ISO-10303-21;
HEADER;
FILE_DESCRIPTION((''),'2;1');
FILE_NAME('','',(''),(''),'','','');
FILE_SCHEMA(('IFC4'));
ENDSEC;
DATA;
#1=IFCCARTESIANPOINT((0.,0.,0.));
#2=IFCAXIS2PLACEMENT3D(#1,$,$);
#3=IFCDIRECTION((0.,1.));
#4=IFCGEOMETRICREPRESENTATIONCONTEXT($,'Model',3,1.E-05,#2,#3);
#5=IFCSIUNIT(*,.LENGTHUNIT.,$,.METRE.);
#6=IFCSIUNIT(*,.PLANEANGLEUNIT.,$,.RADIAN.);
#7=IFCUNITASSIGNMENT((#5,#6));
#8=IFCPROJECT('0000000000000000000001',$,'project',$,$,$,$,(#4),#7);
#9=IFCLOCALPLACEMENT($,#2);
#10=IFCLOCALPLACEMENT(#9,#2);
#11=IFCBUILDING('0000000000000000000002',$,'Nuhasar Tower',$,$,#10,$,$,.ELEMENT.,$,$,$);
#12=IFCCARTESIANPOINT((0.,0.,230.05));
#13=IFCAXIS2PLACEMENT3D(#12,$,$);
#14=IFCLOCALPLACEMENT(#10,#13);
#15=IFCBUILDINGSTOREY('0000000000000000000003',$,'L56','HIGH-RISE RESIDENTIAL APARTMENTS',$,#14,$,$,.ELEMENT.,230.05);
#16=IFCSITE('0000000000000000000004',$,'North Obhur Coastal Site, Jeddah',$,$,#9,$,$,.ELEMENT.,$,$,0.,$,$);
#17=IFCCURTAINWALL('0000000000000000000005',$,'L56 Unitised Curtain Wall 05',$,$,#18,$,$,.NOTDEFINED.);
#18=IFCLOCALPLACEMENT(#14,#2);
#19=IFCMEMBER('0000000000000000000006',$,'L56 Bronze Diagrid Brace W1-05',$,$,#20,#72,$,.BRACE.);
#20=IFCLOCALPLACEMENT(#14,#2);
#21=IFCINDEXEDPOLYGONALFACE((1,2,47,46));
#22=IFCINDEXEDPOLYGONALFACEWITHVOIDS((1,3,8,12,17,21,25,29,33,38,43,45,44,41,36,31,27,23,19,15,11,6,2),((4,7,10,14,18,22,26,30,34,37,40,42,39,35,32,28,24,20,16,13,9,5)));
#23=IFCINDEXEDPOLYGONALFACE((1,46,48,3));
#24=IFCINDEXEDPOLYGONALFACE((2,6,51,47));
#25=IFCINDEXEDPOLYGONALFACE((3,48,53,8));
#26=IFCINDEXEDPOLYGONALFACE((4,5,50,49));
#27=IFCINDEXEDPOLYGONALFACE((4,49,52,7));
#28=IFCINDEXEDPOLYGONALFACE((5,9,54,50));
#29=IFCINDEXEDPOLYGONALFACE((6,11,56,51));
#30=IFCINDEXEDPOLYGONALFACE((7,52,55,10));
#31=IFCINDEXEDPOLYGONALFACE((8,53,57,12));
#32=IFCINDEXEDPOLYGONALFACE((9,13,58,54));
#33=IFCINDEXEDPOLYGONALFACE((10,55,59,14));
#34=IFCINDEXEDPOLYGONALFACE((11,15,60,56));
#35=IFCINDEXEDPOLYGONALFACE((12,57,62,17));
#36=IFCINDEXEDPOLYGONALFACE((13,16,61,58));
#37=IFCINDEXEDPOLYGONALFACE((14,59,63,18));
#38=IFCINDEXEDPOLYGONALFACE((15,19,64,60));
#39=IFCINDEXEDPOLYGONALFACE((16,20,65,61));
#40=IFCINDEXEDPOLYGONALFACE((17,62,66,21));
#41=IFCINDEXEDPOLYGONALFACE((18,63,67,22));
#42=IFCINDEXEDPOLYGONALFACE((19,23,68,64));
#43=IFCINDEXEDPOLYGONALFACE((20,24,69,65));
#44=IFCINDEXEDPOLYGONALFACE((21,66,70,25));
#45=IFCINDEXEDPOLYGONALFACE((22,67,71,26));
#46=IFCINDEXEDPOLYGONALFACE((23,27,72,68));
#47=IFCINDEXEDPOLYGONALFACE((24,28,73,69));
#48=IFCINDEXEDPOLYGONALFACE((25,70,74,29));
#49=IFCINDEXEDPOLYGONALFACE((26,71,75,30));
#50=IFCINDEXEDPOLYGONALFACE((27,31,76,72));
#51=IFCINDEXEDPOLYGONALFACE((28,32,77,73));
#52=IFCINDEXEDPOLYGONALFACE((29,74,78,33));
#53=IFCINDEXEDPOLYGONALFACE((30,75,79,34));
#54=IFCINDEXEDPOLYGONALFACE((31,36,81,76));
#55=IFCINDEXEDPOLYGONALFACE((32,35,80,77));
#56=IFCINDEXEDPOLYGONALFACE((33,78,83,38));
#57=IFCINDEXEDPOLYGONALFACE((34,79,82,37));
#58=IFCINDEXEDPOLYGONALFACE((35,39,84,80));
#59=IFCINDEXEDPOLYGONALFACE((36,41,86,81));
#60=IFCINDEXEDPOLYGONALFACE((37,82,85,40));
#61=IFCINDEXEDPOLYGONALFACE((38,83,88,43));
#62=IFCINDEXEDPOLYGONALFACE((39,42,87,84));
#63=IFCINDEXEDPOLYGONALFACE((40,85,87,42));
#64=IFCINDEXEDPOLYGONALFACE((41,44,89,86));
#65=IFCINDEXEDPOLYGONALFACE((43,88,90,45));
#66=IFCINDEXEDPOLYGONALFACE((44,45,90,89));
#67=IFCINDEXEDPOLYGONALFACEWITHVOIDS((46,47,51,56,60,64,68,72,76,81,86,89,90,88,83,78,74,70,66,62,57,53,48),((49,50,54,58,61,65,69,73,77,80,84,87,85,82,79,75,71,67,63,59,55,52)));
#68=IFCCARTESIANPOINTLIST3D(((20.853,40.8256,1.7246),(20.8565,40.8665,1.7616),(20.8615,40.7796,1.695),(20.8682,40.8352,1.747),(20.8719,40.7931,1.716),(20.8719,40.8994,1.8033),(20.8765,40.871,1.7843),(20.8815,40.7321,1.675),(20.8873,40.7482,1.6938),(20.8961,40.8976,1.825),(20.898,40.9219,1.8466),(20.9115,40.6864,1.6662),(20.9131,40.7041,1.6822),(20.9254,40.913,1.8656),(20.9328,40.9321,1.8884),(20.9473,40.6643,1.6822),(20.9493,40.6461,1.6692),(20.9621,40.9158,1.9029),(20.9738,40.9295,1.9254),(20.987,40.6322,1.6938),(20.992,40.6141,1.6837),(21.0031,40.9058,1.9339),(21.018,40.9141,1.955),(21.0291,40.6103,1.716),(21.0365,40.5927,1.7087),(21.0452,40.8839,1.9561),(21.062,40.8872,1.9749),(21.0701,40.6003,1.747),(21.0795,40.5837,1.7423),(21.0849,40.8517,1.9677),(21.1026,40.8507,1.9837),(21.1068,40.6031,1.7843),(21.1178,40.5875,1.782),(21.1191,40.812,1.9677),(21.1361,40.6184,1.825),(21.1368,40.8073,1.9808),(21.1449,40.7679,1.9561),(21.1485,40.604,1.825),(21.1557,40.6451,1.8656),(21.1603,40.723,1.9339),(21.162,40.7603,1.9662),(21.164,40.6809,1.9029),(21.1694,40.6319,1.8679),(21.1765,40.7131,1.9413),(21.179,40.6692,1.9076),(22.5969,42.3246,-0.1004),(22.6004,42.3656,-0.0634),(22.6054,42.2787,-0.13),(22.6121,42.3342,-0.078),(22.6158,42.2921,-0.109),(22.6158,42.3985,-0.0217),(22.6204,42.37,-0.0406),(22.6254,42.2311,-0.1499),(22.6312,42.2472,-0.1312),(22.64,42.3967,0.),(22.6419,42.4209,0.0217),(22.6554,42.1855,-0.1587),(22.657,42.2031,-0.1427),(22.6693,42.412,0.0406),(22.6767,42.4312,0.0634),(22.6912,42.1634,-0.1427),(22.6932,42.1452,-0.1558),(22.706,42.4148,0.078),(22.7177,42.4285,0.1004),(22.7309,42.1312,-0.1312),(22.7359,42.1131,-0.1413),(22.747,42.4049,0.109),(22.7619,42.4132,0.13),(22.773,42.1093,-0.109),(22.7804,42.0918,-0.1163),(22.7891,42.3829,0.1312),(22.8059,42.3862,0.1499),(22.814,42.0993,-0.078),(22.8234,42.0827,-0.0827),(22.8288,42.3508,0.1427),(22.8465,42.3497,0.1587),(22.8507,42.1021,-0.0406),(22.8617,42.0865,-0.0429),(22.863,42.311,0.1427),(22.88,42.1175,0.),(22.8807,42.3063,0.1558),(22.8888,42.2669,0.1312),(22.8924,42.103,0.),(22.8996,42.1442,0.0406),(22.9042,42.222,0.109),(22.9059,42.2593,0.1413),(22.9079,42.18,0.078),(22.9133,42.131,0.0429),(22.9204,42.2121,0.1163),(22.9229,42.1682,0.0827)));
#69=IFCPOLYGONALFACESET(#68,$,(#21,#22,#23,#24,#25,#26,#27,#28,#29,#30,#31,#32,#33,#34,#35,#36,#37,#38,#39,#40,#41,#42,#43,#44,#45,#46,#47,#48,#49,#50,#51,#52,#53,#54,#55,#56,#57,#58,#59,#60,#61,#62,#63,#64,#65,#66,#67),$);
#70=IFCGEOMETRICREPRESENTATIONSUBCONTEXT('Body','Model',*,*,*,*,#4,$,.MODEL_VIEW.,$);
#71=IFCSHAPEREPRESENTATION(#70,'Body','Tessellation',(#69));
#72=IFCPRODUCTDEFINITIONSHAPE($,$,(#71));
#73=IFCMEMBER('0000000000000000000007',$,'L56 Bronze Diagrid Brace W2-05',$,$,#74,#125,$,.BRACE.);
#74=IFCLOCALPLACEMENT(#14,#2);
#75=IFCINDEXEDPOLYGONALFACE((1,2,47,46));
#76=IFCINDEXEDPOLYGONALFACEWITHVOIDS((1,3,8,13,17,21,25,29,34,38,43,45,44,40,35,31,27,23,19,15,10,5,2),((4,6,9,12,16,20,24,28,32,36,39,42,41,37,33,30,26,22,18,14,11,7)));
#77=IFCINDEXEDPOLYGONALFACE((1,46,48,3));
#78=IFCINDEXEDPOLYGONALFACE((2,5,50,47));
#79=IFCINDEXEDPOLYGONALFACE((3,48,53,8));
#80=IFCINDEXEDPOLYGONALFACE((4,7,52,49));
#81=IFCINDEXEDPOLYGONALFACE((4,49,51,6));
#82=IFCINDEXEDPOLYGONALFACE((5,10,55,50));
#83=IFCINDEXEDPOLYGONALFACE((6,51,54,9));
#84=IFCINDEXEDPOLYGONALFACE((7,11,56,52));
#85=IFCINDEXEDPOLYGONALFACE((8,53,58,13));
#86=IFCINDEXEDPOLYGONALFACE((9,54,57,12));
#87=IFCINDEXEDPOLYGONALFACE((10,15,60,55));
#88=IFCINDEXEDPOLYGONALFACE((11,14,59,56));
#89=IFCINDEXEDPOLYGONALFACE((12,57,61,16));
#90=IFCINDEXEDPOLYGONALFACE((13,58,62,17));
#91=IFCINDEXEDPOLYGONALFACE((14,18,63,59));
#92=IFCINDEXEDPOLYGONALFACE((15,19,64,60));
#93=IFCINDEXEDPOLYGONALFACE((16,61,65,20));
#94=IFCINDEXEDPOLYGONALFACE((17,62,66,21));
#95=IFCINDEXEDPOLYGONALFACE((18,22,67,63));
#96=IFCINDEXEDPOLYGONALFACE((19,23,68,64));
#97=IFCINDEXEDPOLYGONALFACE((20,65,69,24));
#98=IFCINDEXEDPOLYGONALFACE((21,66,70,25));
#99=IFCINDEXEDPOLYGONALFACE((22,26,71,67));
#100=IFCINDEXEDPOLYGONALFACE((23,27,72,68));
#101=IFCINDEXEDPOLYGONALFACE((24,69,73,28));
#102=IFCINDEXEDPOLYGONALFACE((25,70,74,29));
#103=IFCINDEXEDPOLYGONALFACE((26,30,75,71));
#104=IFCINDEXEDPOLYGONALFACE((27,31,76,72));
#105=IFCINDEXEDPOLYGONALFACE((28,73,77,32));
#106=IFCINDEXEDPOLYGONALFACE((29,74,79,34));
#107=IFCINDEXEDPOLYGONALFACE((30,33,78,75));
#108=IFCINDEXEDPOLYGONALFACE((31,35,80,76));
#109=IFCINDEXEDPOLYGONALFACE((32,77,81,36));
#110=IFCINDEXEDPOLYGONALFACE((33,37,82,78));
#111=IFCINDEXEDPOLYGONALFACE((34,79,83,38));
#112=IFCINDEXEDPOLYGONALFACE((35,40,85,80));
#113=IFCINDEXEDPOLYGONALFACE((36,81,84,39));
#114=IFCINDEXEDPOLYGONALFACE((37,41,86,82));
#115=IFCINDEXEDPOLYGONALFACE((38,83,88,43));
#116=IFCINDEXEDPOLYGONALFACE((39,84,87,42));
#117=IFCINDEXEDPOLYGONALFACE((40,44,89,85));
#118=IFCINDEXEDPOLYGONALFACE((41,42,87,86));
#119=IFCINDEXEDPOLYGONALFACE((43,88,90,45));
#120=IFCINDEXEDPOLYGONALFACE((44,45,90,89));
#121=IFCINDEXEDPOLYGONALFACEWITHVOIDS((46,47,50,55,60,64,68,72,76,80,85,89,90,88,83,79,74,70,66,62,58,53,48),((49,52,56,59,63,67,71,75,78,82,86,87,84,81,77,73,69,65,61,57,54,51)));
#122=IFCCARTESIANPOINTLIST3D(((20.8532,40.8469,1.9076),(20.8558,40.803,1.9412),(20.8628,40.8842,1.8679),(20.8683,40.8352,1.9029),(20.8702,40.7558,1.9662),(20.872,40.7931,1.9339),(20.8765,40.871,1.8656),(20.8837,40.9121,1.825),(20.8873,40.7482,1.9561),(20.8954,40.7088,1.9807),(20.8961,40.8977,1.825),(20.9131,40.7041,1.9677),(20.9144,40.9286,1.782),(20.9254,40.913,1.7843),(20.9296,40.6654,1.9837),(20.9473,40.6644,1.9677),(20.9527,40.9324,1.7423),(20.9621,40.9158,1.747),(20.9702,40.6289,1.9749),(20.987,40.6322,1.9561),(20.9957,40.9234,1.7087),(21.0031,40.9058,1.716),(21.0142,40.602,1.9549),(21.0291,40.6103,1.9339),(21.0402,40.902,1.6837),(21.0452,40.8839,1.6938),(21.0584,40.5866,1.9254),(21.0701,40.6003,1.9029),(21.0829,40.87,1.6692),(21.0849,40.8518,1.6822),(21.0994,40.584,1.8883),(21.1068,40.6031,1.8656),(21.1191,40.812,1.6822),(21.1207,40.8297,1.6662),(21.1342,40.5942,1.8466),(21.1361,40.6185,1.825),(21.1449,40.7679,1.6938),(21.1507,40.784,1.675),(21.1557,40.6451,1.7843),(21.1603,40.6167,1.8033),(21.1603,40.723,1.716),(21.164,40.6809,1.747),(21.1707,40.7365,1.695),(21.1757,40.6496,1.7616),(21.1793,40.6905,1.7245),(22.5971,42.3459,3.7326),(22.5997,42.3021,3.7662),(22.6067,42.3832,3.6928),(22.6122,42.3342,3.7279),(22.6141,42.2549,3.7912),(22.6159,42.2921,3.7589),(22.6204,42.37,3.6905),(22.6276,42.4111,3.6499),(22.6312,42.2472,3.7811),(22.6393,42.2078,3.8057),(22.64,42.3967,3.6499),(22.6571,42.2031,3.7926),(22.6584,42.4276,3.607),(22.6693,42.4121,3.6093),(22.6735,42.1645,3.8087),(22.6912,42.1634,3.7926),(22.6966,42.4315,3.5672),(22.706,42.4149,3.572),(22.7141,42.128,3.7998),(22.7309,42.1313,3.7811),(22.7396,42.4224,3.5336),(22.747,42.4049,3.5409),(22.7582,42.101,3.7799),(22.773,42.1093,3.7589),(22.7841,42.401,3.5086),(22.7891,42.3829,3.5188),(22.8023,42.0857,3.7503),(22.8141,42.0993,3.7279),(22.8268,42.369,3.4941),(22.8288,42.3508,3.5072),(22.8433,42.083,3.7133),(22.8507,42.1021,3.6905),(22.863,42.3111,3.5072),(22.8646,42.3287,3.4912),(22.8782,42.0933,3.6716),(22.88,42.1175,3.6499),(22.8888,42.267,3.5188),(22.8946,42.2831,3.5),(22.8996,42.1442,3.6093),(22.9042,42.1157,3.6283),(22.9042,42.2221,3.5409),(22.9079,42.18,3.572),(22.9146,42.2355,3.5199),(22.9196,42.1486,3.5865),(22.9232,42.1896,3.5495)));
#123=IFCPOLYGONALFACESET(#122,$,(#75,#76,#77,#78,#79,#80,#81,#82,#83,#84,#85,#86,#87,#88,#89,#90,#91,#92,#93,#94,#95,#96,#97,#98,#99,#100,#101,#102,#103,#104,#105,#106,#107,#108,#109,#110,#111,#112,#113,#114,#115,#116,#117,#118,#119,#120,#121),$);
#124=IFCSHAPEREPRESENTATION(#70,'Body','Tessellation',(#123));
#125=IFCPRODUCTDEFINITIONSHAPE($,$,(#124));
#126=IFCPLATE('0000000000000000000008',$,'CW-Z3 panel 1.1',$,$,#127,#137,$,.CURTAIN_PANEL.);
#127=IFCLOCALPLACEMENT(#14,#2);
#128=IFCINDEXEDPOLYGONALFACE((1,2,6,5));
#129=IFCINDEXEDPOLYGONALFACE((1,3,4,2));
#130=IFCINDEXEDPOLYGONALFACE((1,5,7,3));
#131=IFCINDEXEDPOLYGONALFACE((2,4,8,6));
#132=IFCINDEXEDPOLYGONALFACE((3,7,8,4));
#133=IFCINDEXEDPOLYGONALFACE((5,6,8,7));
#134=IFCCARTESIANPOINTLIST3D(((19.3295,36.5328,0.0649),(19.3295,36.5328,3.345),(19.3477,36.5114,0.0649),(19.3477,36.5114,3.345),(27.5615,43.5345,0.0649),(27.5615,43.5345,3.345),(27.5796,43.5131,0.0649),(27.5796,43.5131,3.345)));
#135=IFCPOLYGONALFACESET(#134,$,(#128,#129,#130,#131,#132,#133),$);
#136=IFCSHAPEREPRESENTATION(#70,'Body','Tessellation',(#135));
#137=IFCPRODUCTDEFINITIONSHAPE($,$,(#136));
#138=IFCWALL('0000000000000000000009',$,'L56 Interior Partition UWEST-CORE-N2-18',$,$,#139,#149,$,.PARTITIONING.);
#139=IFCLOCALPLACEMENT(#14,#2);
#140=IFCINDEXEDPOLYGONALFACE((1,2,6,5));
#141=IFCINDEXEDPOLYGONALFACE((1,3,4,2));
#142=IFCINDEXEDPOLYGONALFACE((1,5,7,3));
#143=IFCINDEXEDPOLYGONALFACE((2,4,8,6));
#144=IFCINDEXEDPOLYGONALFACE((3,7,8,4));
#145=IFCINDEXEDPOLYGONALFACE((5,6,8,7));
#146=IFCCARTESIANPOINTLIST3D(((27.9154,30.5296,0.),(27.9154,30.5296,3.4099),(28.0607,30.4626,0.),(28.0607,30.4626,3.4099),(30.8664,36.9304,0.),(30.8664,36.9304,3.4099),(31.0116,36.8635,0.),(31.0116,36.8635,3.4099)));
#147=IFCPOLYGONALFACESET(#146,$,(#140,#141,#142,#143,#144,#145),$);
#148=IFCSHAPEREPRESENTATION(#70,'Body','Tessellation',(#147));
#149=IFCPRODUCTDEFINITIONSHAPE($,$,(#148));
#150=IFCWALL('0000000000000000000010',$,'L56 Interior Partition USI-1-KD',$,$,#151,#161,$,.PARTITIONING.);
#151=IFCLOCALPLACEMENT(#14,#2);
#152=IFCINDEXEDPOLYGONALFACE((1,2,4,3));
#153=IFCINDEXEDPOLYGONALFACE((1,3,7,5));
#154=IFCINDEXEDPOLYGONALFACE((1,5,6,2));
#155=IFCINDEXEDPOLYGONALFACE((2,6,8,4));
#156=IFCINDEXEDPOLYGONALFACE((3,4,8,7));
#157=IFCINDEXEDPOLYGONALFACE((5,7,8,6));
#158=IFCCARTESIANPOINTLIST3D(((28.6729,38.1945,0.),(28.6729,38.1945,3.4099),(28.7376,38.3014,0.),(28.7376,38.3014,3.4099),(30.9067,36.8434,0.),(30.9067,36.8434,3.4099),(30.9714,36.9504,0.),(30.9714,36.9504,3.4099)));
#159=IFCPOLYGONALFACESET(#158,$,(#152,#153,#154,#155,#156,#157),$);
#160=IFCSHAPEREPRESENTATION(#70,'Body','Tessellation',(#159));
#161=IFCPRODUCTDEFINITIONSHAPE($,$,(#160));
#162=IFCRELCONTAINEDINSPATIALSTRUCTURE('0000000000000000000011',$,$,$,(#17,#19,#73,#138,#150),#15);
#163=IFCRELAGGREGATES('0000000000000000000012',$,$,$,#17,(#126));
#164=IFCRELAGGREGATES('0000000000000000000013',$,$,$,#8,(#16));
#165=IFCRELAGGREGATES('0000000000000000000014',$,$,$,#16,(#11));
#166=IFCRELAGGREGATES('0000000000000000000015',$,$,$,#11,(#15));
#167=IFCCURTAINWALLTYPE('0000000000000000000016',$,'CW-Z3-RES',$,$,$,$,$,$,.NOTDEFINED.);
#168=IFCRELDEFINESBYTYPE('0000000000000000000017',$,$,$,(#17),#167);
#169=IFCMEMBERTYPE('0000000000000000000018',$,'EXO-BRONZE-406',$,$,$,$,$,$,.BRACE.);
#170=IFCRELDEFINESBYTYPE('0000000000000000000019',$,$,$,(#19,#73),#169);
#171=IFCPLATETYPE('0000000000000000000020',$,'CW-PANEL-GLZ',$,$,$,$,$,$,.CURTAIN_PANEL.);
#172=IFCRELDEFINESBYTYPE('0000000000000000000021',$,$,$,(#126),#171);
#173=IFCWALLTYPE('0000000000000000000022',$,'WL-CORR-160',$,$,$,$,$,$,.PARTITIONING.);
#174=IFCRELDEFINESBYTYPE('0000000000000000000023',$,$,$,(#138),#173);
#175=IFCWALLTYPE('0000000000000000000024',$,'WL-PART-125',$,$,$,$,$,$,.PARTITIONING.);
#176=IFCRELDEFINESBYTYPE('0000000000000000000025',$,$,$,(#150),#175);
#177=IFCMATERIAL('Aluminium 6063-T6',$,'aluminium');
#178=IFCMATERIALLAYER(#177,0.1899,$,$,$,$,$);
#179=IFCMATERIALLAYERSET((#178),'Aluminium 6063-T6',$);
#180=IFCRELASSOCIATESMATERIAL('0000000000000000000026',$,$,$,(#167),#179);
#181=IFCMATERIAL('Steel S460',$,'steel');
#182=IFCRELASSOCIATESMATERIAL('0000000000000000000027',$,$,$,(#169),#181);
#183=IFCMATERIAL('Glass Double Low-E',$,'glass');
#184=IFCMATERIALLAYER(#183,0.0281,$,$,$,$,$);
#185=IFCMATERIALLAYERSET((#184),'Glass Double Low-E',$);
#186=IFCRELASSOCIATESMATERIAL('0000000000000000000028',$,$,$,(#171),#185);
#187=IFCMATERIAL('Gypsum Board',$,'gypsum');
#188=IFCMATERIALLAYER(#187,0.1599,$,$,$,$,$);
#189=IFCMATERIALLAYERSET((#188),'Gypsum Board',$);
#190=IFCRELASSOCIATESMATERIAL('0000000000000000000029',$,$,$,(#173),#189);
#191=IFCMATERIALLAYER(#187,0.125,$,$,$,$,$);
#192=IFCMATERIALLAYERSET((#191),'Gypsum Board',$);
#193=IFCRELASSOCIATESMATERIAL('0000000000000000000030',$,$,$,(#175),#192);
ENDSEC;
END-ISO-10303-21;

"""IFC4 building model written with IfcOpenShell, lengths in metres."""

from ifc_helpers import new_model, si_unit, direction, frame, frame_2d, origin, origin_2d, place, context, subcontext, project, spatial, rectangle, hollow_circle, extrude, material, layer, layer_set, material_profile, profile_set, type_object, element, aggregate, save


model = new_model("IFC4")

# Units and contexts
model_context = context("Model", 3, precision=1e-05, world=origin(), true_north=direction((0.0, 1.0)))
body_context = subcontext(model_context, "Body", "Model", "MODEL_VIEW")
ifc_project = project(units=[si_unit("LENGTHUNIT", "METRE"), si_unit("PLANEANGLEUNIT", "RADIAN")], contexts=[model_context])

# Site, building, storey
site_placement = place(None, origin())
site = spatial("IfcSite", under=ifc_project, at=site_placement, Name="North Obhur Coastal Site, Jeddah", CompositionType="ELEMENT", RefElevation=0.0)
building_placement = place(site_placement, origin())
building = spatial("IfcBuilding", under=site, at=building_placement, Name="Nuhasar Tower", CompositionType="ELEMENT")
storey_placement = place(building_placement, frame((0.0, 0.0, 230.05)))
storey = spatial("IfcBuildingStorey", under=building, at=storey_placement, Name="L56", Description="HIGH-RISE RESIDENTIAL APARTMENTS", CompositionType="ELEMENT", Elevation=230.05)

# Shared definitions
ifc_material_1 = material(Name="Aluminium 6063-T6", Category="aluminium")
ifc_layer_1 = layer(ifc_material_1, 0.1899)
ifc_layer_set_1 = layer_set([ifc_layer_1], Name="Aluminium 6063-T6")
curtain_wall_type = type_object("IfcCurtainWallType", Name="CW-Z3-RES", PredefinedType="NOTDEFINED", material=ifc_layer_set_1)

# Curtain wall
curtain_wall_1_placement = place(storey_placement, origin())
curtain_wall_1 = element("IfcCurtainWall", 1, at=curtain_wall_1_placement, inside=storey, type_object=curtain_wall_type, Name="L56 Unitised Curtain Wall 05", PredefinedType="NOTDEFINED")

# Members
ifc_material_2 = material(Name="Steel S460", Category="steel")
ifc_material_profile_1 = material_profile(ifc_material_2, hollow_circle(Radius=0.2031, WallThickness=0.019, at=origin_2d()), Name="HSS406.4X19.1")
ifc_profile_set_1 = profile_set([ifc_material_profile_1], Name="Steel S460")
member_type_1 = type_object("IfcMemberType", Name="EXO-BRONZE-406", PredefinedType="BRACE", material=ifc_profile_set_1)
for number, where, z_axis, x_axis, name in (
    (2, (22.76, 42.2571, 0.0), (-0.594019, -0.510608, 0.621628), (0.651857, -0.758342, 0.0), "L56 Bronze Diagrid Brace W1-05"),
    (3, (21.0161, 40.7581, 1.825), (0.594019, 0.510608, 0.621628), (-0.651857, 0.758342, 0.0), "L56 Bronze Diagrid Brace W2-05"),
):
    element("IfcMember", number, at=place(storey_placement, frame(where, z_axis=z_axis, x_axis=x_axis)), inside=storey, type_object=member_type_1, Name=name, PredefinedType="BRACE", context=body_context, shape_type="SweptSolid", body=[
        extrude(hollow_circle(Radius=0.2031, WallThickness=0.019, at=origin_2d()), origin(), (0.0, 0.0, 1.0), 2.9358),
    ])

# Plate
ifc_material_3 = material(Name="Glass Double Low-E", Category="glass")
ifc_layer_2 = layer(ifc_material_3, 0.0281)
ifc_layer_set_2 = layer_set([ifc_layer_2], Name="Glass Double Low-E")
plate_type = type_object("IfcPlateType", Name="CW-PANEL-GLZ", PredefinedType="CURTAIN_PANEL", material=ifc_layer_set_2)
plate_placement = place(storey_placement, frame((23.4546, 40.0229, 0.0649), z_axis=(0.0, 0.0, 1.0), x_axis=(-0.761729, -0.647895, 0.0)))
plate = element("IfcPlate", 4, at=plate_placement, type_object=plate_type, Name="CW-Z3 panel 1.1", PredefinedType="CURTAIN_PANEL", context=body_context, shape_type="SweptSolid", body=[
    extrude(rectangle(XDim=10.8069, YDim=0.0281, at=origin_2d()), origin(), (0.0, 0.0, 1.0), 3.28),
])
aggregate(curtain_wall_1, [plate])

# Walls
ifc_material_4 = material(Name="Gypsum Board", Category="gypsum")
ifc_layer_3 = layer(ifc_material_4, 0.1599)
ifc_layer_set_3 = layer_set([ifc_layer_3], Name="Gypsum Board")
wall_type_1 = type_object("IfcWallType", Name="WL-CORR-160", PredefinedType="PARTITIONING", material=ifc_layer_set_3)
wall_1_placement = place(storey_placement, frame((30.939, 36.897, 0.0), z_axis=(0.0, 0.0, 1.0), x_axis=(-0.418669, -0.908139, 0.0)))
element("IfcWall", 5, at=wall_1_placement, inside=storey, type_object=wall_type_1, Name="L56 Interior Partition UWEST-CORE-N2-18", PredefinedType="PARTITIONING", context=body_context, shape_type="SweptSolid", body=[
    extrude(rectangle(XDim=7.0483, YDim=0.1599, at=frame_2d((3.5242, 0.0))), origin(), (0.0, 0.0, 1.0), 3.4099),
])
ifc_layer_4 = layer(ifc_material_4, 0.125)
ifc_layer_set_4 = layer_set([ifc_layer_4], Name="Gypsum Board")
wall_type_2 = type_object("IfcWallType", Name="WL-PART-125", PredefinedType="PARTITIONING", material=ifc_layer_set_4)
wall_2_placement = place(storey_placement, frame((30.939, 36.897, 0.0), z_axis=(0.0, 0.0, 1.0), x_axis=(-0.855672, 0.517518, 0.0)))
element("IfcWall", 6, at=wall_2_placement, inside=storey, type_object=wall_type_2, Name="L56 Interior Partition USI-1-KD", PredefinedType="PARTITIONING", context=body_context, shape_type="SweptSolid", body=[
    extrude(rectangle(XDim=2.6106, YDim=0.125, at=frame_2d((1.3052, 0.0))), origin(), (0.0, 0.0, 1.0), 3.4099),
])

save(model, "model.ifc")
